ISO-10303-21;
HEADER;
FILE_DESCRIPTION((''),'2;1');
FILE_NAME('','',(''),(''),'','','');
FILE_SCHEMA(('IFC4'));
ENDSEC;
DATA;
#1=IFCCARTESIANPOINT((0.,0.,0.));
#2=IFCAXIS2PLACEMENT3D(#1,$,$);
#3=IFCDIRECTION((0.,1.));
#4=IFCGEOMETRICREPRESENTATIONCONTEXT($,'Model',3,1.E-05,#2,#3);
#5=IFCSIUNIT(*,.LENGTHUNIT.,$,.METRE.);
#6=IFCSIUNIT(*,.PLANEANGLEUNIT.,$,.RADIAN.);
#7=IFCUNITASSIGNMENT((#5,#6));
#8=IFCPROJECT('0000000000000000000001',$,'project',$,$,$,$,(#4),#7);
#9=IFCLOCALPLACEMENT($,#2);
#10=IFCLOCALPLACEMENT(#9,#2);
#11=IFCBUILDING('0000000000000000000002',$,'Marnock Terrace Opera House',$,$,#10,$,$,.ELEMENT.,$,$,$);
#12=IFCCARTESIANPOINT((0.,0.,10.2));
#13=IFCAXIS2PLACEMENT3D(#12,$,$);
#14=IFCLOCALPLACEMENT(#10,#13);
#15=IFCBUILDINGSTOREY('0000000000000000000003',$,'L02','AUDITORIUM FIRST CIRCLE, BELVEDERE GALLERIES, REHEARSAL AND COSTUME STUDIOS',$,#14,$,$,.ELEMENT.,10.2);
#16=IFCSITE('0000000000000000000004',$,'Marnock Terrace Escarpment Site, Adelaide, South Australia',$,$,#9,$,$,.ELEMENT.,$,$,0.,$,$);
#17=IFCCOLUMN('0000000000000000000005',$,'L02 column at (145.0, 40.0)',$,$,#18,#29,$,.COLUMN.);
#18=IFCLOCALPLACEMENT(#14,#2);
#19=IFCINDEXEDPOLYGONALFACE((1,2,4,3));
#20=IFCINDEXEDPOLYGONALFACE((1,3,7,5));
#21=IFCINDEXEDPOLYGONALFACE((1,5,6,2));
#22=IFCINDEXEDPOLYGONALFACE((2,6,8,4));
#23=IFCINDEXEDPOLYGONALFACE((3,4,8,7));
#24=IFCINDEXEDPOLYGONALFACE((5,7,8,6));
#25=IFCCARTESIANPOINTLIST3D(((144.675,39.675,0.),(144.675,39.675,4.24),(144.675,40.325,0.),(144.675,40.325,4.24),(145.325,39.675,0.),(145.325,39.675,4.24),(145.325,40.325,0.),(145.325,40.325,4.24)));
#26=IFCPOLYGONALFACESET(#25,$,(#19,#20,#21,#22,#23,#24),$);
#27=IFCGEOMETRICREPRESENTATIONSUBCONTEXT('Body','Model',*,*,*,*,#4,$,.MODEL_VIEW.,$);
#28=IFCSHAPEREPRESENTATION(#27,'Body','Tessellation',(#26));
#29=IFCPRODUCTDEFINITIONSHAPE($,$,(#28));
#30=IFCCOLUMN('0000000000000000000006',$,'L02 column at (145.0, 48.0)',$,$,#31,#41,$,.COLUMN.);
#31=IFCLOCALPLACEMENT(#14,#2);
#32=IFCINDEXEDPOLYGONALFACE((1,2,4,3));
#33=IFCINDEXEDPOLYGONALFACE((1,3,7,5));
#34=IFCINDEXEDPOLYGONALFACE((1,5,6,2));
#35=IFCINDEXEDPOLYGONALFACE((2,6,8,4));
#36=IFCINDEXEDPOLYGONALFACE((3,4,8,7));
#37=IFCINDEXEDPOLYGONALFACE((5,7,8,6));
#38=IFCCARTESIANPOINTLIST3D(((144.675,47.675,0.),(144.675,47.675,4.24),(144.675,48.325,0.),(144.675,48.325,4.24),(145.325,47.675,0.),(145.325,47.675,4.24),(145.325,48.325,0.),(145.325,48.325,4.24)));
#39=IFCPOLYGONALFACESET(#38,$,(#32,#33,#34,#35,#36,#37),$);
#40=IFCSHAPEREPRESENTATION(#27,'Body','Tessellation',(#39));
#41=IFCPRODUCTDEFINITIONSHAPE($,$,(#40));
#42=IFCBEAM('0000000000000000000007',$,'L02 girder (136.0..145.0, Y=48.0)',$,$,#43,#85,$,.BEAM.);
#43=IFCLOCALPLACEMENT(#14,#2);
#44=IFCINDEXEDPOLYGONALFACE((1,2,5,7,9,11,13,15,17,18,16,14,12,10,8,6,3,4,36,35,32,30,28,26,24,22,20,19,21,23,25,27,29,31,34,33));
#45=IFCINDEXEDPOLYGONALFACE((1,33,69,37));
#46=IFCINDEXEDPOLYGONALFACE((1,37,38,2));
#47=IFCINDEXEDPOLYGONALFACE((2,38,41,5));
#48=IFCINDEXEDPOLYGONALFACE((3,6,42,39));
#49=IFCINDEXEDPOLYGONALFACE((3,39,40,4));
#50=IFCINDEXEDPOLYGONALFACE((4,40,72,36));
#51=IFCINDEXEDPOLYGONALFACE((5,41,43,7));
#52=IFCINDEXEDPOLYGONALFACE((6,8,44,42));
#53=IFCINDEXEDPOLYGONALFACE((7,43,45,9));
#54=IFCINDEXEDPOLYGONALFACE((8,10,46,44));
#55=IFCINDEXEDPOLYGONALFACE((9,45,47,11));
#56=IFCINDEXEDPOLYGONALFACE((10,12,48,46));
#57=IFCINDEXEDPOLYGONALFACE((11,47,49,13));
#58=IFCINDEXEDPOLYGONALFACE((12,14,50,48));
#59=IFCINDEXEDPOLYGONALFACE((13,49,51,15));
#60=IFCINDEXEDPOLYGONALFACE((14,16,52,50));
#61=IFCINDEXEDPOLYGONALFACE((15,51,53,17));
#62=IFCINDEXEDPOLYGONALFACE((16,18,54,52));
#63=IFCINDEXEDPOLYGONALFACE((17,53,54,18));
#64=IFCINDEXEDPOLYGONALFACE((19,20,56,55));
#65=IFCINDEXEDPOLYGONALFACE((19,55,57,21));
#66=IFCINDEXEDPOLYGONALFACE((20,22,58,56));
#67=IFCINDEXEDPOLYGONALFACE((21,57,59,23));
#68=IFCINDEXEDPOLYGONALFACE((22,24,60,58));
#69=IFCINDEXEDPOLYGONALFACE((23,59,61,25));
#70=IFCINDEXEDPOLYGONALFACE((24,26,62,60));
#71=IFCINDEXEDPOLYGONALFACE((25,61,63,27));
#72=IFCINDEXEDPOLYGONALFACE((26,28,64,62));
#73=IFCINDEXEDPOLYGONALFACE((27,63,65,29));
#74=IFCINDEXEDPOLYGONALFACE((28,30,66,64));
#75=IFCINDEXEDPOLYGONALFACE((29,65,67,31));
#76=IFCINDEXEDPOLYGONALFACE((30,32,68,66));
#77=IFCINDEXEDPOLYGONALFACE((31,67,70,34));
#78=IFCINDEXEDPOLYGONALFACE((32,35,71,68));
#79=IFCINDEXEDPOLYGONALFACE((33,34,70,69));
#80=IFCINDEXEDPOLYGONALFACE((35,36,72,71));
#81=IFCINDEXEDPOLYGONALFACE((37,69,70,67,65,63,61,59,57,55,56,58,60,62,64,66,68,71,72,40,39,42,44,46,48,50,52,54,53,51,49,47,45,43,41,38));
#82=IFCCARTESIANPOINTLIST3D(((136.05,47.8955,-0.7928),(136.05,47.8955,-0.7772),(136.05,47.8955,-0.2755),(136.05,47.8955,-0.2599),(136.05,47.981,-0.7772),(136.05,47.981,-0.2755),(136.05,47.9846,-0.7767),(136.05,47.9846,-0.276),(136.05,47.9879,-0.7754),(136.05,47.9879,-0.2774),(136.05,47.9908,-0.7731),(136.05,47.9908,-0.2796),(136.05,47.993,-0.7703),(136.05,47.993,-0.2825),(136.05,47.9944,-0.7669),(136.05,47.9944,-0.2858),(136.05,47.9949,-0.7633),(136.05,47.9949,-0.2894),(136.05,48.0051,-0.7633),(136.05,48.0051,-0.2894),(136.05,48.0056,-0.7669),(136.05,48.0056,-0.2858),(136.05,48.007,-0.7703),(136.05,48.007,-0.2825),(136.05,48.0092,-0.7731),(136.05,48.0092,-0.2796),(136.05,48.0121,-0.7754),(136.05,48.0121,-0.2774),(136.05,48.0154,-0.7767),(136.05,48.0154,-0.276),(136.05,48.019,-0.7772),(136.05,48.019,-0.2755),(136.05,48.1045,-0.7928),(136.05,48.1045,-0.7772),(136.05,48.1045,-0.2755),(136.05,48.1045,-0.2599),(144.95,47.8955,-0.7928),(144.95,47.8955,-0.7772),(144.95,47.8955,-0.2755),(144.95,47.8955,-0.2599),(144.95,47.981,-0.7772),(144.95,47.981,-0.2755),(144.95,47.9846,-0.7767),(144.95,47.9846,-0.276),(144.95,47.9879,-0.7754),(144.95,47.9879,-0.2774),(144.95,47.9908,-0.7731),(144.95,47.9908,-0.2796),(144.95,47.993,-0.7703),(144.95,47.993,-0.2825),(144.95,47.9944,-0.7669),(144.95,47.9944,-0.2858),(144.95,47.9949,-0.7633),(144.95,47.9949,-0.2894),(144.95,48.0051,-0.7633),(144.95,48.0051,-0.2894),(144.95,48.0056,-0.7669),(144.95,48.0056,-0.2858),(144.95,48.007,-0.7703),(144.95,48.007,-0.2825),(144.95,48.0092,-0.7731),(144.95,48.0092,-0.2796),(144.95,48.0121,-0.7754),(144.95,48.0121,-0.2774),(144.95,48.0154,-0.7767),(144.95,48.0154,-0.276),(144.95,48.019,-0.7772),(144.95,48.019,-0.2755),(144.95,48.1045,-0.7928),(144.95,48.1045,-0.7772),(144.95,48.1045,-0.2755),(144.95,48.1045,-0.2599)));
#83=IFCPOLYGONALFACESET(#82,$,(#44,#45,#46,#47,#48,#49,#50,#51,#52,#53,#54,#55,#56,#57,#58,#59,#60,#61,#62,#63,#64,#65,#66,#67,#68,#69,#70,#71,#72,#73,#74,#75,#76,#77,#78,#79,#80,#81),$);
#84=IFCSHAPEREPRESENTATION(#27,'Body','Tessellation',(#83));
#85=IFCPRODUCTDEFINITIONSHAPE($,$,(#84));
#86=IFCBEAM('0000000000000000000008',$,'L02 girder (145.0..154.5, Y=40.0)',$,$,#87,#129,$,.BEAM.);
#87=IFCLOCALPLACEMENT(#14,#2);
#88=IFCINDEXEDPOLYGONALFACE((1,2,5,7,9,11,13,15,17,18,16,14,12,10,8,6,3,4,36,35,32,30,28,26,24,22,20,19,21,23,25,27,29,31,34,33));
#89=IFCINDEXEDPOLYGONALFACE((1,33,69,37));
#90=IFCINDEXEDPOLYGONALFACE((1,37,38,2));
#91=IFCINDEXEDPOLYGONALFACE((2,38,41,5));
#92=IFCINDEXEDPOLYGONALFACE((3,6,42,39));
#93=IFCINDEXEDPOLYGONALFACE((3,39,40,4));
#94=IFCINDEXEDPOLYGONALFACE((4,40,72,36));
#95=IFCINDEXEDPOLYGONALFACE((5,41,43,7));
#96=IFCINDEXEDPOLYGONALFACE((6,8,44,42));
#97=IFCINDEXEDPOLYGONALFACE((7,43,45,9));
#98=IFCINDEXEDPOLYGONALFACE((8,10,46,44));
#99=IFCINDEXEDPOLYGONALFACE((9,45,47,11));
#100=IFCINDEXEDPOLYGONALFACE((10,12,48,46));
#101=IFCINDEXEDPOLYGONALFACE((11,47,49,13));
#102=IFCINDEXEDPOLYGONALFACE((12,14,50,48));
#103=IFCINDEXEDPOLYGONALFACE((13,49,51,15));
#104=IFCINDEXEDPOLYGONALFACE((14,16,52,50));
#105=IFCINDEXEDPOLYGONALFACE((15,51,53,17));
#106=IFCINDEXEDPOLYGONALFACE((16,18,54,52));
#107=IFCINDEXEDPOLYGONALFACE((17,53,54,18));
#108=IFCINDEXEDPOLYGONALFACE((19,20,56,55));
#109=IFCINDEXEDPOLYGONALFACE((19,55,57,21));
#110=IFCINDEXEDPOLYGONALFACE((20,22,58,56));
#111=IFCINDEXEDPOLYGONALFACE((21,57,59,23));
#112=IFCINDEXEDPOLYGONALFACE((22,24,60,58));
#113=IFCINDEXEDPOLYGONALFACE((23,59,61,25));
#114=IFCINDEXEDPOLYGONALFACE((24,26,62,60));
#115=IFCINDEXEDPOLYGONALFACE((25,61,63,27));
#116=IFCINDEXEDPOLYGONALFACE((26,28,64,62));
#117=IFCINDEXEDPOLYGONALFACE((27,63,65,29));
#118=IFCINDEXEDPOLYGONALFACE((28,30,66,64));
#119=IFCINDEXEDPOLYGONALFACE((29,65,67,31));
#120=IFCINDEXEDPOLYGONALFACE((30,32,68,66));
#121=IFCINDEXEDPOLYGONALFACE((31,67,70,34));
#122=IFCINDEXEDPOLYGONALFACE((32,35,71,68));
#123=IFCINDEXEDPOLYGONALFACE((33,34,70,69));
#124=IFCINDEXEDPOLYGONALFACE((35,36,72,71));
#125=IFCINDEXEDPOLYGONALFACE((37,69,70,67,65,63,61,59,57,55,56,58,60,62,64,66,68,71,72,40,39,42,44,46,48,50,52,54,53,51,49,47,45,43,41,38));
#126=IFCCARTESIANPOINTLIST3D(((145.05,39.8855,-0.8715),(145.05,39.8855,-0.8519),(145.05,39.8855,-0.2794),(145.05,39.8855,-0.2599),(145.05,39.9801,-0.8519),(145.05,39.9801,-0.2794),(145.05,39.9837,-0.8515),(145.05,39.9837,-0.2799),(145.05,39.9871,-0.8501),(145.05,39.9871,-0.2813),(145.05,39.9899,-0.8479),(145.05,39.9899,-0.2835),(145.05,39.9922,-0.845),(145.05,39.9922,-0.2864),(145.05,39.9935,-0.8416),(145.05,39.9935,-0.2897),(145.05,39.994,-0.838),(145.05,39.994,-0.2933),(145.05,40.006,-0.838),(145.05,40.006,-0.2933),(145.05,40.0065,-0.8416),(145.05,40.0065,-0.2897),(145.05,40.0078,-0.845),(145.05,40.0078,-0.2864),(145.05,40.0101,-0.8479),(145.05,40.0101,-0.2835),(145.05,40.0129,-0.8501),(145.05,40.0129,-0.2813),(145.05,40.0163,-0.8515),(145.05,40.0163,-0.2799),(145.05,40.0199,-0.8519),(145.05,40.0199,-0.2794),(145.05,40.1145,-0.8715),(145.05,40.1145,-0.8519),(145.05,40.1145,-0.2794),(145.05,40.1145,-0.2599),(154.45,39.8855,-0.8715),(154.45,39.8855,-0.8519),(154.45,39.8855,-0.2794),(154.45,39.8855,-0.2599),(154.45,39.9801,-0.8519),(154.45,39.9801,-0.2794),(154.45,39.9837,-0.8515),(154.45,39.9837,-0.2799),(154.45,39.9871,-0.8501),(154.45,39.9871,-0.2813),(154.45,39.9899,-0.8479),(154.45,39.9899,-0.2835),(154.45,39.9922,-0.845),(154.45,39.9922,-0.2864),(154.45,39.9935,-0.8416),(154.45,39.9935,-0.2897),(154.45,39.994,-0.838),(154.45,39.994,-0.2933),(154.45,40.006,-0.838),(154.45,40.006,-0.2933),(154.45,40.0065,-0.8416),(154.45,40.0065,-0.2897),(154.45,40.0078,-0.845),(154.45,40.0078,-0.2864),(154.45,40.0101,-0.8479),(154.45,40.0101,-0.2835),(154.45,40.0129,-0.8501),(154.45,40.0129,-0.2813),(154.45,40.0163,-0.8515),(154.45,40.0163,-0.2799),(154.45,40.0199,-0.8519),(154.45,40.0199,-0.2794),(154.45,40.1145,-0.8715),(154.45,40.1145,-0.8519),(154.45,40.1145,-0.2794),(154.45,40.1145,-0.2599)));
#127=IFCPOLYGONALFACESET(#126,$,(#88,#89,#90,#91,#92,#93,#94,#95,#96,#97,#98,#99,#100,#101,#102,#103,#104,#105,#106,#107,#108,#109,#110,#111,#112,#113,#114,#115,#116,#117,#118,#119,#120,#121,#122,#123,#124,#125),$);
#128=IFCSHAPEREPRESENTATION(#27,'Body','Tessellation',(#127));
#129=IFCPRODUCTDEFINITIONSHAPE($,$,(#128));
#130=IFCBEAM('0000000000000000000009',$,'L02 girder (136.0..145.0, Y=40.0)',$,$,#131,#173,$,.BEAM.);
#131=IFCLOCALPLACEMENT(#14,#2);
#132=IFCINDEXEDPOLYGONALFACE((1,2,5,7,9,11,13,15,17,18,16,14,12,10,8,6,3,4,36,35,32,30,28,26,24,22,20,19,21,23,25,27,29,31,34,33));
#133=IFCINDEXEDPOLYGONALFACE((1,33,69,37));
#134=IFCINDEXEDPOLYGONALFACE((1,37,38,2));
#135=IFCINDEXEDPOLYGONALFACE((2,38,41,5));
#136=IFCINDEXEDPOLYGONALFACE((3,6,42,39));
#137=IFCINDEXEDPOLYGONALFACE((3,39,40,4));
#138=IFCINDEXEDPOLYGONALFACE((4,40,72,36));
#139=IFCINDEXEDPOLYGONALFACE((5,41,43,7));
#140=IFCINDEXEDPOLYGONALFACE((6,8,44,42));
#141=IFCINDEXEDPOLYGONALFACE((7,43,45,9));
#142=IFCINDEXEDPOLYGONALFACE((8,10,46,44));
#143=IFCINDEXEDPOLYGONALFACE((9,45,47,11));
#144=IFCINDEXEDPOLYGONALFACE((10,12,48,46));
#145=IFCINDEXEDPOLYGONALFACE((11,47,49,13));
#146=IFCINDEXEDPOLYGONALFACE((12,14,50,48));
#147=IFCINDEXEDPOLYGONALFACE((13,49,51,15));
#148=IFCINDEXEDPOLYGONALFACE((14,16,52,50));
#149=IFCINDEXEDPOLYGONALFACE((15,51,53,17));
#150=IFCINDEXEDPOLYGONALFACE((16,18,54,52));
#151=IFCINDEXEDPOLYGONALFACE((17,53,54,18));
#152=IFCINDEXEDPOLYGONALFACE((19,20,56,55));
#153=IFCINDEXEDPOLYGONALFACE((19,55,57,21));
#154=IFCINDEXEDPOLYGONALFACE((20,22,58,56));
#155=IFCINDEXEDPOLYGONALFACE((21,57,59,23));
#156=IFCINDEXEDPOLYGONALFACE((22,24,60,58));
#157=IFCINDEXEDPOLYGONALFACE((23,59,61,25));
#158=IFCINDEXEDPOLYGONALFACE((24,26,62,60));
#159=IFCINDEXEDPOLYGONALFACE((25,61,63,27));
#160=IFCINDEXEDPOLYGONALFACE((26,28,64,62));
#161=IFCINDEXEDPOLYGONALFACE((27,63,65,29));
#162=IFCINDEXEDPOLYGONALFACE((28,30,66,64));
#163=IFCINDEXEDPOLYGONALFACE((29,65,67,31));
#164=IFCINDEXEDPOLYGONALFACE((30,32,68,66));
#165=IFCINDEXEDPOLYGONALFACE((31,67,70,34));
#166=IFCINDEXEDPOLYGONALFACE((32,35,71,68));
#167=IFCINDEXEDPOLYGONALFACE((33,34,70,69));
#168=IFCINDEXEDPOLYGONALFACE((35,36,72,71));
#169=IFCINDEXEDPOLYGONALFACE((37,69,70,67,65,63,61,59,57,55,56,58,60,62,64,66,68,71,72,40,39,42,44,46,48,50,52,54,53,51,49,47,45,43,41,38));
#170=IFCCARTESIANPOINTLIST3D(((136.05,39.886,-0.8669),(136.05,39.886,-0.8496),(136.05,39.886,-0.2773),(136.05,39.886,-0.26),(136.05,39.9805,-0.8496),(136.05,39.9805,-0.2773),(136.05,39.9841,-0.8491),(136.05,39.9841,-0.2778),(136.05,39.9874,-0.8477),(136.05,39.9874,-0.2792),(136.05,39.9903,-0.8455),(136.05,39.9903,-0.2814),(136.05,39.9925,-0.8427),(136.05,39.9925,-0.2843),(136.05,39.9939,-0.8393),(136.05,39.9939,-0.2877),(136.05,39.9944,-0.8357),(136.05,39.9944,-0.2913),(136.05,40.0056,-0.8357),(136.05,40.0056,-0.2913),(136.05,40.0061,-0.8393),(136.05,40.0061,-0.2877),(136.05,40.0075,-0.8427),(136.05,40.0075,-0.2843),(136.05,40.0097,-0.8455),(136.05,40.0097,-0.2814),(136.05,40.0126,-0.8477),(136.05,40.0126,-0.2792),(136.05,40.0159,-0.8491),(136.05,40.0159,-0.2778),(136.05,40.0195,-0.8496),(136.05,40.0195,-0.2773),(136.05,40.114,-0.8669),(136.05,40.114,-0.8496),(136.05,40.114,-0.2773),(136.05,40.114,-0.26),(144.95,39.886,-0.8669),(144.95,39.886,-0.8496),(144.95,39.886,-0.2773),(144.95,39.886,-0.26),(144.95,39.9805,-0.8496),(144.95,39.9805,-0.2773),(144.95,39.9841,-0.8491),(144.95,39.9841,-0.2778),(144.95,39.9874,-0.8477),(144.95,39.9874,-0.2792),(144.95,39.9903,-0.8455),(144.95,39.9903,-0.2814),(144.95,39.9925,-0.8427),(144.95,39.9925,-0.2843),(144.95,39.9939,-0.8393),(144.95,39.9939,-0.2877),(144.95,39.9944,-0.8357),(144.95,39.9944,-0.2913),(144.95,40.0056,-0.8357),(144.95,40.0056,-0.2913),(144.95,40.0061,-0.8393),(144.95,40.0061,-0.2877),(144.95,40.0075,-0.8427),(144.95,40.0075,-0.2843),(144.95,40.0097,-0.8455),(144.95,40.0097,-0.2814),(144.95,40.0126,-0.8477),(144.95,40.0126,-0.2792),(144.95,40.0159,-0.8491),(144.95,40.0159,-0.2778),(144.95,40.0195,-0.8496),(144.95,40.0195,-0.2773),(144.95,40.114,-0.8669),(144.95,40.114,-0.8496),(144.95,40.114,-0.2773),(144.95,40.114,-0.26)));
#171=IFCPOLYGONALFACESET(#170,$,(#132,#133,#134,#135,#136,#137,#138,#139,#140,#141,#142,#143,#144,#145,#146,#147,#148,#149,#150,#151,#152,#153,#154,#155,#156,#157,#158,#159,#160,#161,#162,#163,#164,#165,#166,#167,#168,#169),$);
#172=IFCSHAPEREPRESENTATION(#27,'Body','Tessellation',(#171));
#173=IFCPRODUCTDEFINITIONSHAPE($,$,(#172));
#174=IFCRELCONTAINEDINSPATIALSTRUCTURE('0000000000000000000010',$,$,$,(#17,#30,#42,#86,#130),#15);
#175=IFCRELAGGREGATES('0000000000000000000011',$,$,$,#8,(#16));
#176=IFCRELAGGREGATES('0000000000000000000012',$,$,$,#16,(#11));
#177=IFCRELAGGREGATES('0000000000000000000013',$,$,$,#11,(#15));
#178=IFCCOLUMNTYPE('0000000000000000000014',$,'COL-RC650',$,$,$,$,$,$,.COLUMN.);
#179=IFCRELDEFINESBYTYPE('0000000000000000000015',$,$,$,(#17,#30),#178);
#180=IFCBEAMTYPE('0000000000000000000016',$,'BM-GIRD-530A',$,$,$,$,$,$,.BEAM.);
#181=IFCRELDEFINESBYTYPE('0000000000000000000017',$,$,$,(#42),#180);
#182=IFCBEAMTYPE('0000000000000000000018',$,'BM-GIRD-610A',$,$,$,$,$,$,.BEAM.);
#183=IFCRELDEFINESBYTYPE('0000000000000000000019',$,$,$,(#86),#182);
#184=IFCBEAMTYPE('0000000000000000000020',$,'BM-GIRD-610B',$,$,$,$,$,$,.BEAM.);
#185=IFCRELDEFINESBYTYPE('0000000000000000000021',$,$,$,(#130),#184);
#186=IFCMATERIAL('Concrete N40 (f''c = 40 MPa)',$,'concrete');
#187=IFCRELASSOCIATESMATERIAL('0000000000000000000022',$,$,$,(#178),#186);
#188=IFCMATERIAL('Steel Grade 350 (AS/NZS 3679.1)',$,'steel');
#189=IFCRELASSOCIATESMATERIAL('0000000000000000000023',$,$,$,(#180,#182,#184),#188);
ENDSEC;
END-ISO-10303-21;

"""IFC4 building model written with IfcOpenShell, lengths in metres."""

from ifc_helpers import new_model, si_unit, direction, frame, origin, origin_2d, place, context, subcontext, project, spatial, rectangle, i_section, extrude, material, material_profile, profile_set, type_object, element, save


model = new_model("IFC4")

# Units and contexts
model_context = context("Model", 3, precision=1e-05, world=origin(), true_north=direction((0.0, 1.0)))
body_context = subcontext(model_context, "Body", "Model", "MODEL_VIEW")
ifc_project = project(units=[si_unit("LENGTHUNIT", "METRE"), si_unit("PLANEANGLEUNIT", "RADIAN")], contexts=[model_context])

# Site, building, storey
site_placement = place(None, origin())
site = spatial("IfcSite", under=ifc_project, at=site_placement, Name="Marnock Terrace Escarpment Site, Adelaide, South Australia", CompositionType="ELEMENT", RefElevation=0.0)
building_placement = place(site_placement, origin())
building = spatial("IfcBuilding", under=site, at=building_placement, Name="Marnock Terrace Opera House", CompositionType="ELEMENT")
storey_placement = place(building_placement, frame((0.0, 0.0, 10.2)))
storey = spatial("IfcBuildingStorey", under=building, at=storey_placement, Name="L02", Description="AUDITORIUM FIRST CIRCLE, BELVEDERE GALLERIES, REHEARSAL AND COSTUME STUDIOS", CompositionType="ELEMENT", Elevation=10.2)

# Columns
ifc_material_1 = material(Name="Concrete N40 (f'c = 40 MPa)", Category="concrete")
ifc_material_profile_1 = material_profile(ifc_material_1, rectangle(XDim=0.6499, YDim=0.6499, at=origin_2d()))
ifc_profile_set_1 = profile_set([ifc_material_profile_1], Name="Concrete N40 (f'c = 40 MPa)")
column_type = type_object("IfcColumnType", Name="COL-RC650", PredefinedType="COLUMN", material=ifc_profile_set_1)
for number, where, z_axis, x_axis, name in (
    (1, (145.0, 40.0, 0.0), (0.0, 0.0, 1.0), (1.0, 0.0, 0.0), "L02 column at (145.0, 40.0)"),
    (2, (145.0, 48.0, 0.0), (0.0, 0.0, 1.0), (1.0, 0.0, 0.0), "L02 column at (145.0, 48.0)"),
):
    element("IfcColumn", number, at=place(storey_placement, frame(where, z_axis=z_axis, x_axis=x_axis)), inside=storey, type_object=column_type, Name=name, PredefinedType="COLUMN", context=body_context, shape_type="SweptSolid", body=[
        extrude(rectangle(XDim=0.6499, YDim=0.6499, at=origin_2d()), origin(), (0.0, 0.0, 1.0), 4.24),
    ])

# Beams
ifc_material_2 = material(Name="Steel Grade 350 (AS/NZS 3679.1)", Category="steel")
ifc_material_profile_2 = material_profile(ifc_material_2, i_section(OverallWidth=0.209, OverallDepth=0.533, WebThickness=0.0103, FlangeThickness=0.0156, FilletRadius=0.0139, at=origin_2d()))
ifc_profile_set_2 = profile_set([ifc_material_profile_2], Name="Steel Grade 350 (AS/NZS 3679.1)")
beam_type_1 = type_object("IfcBeamType", Name="BM-GIRD-530A", PredefinedType="BEAM", material=ifc_profile_set_2)
beam_1_placement = place(storey_placement, frame((136.05, 48.0, -0.5264), z_axis=(1.0, 0.0, 0.0), x_axis=(0.0, 1.0, 0.0)))
element("IfcBeam", 3, at=beam_1_placement, inside=storey, type_object=beam_type_1, Name="L02 girder (136.0..145.0, Y=48.0)", PredefinedType="BEAM", context=body_context, shape_type="SweptSolid", body=[
    extrude(i_section(OverallWidth=0.209, OverallDepth=0.533, WebThickness=0.0103, FlangeThickness=0.0156, FilletRadius=0.0139, at=origin_2d()), origin(), (0.0, 0.0, 1.0), 8.8999),
])
ifc_material_profile_3 = material_profile(ifc_material_2, i_section(OverallWidth=0.229, OverallDepth=0.6116, WebThickness=0.012, FlangeThickness=0.0195, FilletRadius=0.0139, at=origin_2d()))
ifc_profile_set_3 = profile_set([ifc_material_profile_3], Name="Steel Grade 350 (AS/NZS 3679.1)")
beam_type_2 = type_object("IfcBeamType", Name="BM-GIRD-610A", PredefinedType="BEAM", material=ifc_profile_set_3)
beam_2_placement = place(storey_placement, frame((145.05, 40.0, -0.5657), z_axis=(1.0, 0.0, 0.0), x_axis=(0.0, 1.0, 0.0)))
element("IfcBeam", 4, at=beam_2_placement, inside=storey, type_object=beam_type_2, Name="L02 girder (145.0..154.5, Y=40.0)", PredefinedType="BEAM", context=body_context, shape_type="SweptSolid", body=[
    extrude(i_section(OverallWidth=0.229, OverallDepth=0.6116, WebThickness=0.012, FlangeThickness=0.0195, FilletRadius=0.0139, at=origin_2d()), origin(), (0.0, 0.0, 1.0), 9.3999),
])
ifc_material_profile_4 = material_profile(ifc_material_2, i_section(OverallWidth=0.228, OverallDepth=0.6069, WebThickness=0.0112, FlangeThickness=0.0173, FilletRadius=0.0139, at=origin_2d()))
ifc_profile_set_4 = profile_set([ifc_material_profile_4], Name="Steel Grade 350 (AS/NZS 3679.1)")
beam_type_3 = type_object("IfcBeamType", Name="BM-GIRD-610B", PredefinedType="BEAM", material=ifc_profile_set_4)
beam_3_placement = place(storey_placement, frame((136.05, 40.0, -0.5635), z_axis=(1.0, 0.0, 0.0), x_axis=(0.0, 1.0, 0.0)))
element("IfcBeam", 5, at=beam_3_placement, inside=storey, type_object=beam_type_3, Name="L02 girder (136.0..145.0, Y=40.0)", PredefinedType="BEAM", context=body_context, shape_type="SweptSolid", body=[
    extrude(i_section(OverallWidth=0.228, OverallDepth=0.6069, WebThickness=0.0112, FlangeThickness=0.0173, FilletRadius=0.0139, at=origin_2d()), origin(), (0.0, 0.0, 1.0), 8.8999),
])

save(model, "model.ifc")
